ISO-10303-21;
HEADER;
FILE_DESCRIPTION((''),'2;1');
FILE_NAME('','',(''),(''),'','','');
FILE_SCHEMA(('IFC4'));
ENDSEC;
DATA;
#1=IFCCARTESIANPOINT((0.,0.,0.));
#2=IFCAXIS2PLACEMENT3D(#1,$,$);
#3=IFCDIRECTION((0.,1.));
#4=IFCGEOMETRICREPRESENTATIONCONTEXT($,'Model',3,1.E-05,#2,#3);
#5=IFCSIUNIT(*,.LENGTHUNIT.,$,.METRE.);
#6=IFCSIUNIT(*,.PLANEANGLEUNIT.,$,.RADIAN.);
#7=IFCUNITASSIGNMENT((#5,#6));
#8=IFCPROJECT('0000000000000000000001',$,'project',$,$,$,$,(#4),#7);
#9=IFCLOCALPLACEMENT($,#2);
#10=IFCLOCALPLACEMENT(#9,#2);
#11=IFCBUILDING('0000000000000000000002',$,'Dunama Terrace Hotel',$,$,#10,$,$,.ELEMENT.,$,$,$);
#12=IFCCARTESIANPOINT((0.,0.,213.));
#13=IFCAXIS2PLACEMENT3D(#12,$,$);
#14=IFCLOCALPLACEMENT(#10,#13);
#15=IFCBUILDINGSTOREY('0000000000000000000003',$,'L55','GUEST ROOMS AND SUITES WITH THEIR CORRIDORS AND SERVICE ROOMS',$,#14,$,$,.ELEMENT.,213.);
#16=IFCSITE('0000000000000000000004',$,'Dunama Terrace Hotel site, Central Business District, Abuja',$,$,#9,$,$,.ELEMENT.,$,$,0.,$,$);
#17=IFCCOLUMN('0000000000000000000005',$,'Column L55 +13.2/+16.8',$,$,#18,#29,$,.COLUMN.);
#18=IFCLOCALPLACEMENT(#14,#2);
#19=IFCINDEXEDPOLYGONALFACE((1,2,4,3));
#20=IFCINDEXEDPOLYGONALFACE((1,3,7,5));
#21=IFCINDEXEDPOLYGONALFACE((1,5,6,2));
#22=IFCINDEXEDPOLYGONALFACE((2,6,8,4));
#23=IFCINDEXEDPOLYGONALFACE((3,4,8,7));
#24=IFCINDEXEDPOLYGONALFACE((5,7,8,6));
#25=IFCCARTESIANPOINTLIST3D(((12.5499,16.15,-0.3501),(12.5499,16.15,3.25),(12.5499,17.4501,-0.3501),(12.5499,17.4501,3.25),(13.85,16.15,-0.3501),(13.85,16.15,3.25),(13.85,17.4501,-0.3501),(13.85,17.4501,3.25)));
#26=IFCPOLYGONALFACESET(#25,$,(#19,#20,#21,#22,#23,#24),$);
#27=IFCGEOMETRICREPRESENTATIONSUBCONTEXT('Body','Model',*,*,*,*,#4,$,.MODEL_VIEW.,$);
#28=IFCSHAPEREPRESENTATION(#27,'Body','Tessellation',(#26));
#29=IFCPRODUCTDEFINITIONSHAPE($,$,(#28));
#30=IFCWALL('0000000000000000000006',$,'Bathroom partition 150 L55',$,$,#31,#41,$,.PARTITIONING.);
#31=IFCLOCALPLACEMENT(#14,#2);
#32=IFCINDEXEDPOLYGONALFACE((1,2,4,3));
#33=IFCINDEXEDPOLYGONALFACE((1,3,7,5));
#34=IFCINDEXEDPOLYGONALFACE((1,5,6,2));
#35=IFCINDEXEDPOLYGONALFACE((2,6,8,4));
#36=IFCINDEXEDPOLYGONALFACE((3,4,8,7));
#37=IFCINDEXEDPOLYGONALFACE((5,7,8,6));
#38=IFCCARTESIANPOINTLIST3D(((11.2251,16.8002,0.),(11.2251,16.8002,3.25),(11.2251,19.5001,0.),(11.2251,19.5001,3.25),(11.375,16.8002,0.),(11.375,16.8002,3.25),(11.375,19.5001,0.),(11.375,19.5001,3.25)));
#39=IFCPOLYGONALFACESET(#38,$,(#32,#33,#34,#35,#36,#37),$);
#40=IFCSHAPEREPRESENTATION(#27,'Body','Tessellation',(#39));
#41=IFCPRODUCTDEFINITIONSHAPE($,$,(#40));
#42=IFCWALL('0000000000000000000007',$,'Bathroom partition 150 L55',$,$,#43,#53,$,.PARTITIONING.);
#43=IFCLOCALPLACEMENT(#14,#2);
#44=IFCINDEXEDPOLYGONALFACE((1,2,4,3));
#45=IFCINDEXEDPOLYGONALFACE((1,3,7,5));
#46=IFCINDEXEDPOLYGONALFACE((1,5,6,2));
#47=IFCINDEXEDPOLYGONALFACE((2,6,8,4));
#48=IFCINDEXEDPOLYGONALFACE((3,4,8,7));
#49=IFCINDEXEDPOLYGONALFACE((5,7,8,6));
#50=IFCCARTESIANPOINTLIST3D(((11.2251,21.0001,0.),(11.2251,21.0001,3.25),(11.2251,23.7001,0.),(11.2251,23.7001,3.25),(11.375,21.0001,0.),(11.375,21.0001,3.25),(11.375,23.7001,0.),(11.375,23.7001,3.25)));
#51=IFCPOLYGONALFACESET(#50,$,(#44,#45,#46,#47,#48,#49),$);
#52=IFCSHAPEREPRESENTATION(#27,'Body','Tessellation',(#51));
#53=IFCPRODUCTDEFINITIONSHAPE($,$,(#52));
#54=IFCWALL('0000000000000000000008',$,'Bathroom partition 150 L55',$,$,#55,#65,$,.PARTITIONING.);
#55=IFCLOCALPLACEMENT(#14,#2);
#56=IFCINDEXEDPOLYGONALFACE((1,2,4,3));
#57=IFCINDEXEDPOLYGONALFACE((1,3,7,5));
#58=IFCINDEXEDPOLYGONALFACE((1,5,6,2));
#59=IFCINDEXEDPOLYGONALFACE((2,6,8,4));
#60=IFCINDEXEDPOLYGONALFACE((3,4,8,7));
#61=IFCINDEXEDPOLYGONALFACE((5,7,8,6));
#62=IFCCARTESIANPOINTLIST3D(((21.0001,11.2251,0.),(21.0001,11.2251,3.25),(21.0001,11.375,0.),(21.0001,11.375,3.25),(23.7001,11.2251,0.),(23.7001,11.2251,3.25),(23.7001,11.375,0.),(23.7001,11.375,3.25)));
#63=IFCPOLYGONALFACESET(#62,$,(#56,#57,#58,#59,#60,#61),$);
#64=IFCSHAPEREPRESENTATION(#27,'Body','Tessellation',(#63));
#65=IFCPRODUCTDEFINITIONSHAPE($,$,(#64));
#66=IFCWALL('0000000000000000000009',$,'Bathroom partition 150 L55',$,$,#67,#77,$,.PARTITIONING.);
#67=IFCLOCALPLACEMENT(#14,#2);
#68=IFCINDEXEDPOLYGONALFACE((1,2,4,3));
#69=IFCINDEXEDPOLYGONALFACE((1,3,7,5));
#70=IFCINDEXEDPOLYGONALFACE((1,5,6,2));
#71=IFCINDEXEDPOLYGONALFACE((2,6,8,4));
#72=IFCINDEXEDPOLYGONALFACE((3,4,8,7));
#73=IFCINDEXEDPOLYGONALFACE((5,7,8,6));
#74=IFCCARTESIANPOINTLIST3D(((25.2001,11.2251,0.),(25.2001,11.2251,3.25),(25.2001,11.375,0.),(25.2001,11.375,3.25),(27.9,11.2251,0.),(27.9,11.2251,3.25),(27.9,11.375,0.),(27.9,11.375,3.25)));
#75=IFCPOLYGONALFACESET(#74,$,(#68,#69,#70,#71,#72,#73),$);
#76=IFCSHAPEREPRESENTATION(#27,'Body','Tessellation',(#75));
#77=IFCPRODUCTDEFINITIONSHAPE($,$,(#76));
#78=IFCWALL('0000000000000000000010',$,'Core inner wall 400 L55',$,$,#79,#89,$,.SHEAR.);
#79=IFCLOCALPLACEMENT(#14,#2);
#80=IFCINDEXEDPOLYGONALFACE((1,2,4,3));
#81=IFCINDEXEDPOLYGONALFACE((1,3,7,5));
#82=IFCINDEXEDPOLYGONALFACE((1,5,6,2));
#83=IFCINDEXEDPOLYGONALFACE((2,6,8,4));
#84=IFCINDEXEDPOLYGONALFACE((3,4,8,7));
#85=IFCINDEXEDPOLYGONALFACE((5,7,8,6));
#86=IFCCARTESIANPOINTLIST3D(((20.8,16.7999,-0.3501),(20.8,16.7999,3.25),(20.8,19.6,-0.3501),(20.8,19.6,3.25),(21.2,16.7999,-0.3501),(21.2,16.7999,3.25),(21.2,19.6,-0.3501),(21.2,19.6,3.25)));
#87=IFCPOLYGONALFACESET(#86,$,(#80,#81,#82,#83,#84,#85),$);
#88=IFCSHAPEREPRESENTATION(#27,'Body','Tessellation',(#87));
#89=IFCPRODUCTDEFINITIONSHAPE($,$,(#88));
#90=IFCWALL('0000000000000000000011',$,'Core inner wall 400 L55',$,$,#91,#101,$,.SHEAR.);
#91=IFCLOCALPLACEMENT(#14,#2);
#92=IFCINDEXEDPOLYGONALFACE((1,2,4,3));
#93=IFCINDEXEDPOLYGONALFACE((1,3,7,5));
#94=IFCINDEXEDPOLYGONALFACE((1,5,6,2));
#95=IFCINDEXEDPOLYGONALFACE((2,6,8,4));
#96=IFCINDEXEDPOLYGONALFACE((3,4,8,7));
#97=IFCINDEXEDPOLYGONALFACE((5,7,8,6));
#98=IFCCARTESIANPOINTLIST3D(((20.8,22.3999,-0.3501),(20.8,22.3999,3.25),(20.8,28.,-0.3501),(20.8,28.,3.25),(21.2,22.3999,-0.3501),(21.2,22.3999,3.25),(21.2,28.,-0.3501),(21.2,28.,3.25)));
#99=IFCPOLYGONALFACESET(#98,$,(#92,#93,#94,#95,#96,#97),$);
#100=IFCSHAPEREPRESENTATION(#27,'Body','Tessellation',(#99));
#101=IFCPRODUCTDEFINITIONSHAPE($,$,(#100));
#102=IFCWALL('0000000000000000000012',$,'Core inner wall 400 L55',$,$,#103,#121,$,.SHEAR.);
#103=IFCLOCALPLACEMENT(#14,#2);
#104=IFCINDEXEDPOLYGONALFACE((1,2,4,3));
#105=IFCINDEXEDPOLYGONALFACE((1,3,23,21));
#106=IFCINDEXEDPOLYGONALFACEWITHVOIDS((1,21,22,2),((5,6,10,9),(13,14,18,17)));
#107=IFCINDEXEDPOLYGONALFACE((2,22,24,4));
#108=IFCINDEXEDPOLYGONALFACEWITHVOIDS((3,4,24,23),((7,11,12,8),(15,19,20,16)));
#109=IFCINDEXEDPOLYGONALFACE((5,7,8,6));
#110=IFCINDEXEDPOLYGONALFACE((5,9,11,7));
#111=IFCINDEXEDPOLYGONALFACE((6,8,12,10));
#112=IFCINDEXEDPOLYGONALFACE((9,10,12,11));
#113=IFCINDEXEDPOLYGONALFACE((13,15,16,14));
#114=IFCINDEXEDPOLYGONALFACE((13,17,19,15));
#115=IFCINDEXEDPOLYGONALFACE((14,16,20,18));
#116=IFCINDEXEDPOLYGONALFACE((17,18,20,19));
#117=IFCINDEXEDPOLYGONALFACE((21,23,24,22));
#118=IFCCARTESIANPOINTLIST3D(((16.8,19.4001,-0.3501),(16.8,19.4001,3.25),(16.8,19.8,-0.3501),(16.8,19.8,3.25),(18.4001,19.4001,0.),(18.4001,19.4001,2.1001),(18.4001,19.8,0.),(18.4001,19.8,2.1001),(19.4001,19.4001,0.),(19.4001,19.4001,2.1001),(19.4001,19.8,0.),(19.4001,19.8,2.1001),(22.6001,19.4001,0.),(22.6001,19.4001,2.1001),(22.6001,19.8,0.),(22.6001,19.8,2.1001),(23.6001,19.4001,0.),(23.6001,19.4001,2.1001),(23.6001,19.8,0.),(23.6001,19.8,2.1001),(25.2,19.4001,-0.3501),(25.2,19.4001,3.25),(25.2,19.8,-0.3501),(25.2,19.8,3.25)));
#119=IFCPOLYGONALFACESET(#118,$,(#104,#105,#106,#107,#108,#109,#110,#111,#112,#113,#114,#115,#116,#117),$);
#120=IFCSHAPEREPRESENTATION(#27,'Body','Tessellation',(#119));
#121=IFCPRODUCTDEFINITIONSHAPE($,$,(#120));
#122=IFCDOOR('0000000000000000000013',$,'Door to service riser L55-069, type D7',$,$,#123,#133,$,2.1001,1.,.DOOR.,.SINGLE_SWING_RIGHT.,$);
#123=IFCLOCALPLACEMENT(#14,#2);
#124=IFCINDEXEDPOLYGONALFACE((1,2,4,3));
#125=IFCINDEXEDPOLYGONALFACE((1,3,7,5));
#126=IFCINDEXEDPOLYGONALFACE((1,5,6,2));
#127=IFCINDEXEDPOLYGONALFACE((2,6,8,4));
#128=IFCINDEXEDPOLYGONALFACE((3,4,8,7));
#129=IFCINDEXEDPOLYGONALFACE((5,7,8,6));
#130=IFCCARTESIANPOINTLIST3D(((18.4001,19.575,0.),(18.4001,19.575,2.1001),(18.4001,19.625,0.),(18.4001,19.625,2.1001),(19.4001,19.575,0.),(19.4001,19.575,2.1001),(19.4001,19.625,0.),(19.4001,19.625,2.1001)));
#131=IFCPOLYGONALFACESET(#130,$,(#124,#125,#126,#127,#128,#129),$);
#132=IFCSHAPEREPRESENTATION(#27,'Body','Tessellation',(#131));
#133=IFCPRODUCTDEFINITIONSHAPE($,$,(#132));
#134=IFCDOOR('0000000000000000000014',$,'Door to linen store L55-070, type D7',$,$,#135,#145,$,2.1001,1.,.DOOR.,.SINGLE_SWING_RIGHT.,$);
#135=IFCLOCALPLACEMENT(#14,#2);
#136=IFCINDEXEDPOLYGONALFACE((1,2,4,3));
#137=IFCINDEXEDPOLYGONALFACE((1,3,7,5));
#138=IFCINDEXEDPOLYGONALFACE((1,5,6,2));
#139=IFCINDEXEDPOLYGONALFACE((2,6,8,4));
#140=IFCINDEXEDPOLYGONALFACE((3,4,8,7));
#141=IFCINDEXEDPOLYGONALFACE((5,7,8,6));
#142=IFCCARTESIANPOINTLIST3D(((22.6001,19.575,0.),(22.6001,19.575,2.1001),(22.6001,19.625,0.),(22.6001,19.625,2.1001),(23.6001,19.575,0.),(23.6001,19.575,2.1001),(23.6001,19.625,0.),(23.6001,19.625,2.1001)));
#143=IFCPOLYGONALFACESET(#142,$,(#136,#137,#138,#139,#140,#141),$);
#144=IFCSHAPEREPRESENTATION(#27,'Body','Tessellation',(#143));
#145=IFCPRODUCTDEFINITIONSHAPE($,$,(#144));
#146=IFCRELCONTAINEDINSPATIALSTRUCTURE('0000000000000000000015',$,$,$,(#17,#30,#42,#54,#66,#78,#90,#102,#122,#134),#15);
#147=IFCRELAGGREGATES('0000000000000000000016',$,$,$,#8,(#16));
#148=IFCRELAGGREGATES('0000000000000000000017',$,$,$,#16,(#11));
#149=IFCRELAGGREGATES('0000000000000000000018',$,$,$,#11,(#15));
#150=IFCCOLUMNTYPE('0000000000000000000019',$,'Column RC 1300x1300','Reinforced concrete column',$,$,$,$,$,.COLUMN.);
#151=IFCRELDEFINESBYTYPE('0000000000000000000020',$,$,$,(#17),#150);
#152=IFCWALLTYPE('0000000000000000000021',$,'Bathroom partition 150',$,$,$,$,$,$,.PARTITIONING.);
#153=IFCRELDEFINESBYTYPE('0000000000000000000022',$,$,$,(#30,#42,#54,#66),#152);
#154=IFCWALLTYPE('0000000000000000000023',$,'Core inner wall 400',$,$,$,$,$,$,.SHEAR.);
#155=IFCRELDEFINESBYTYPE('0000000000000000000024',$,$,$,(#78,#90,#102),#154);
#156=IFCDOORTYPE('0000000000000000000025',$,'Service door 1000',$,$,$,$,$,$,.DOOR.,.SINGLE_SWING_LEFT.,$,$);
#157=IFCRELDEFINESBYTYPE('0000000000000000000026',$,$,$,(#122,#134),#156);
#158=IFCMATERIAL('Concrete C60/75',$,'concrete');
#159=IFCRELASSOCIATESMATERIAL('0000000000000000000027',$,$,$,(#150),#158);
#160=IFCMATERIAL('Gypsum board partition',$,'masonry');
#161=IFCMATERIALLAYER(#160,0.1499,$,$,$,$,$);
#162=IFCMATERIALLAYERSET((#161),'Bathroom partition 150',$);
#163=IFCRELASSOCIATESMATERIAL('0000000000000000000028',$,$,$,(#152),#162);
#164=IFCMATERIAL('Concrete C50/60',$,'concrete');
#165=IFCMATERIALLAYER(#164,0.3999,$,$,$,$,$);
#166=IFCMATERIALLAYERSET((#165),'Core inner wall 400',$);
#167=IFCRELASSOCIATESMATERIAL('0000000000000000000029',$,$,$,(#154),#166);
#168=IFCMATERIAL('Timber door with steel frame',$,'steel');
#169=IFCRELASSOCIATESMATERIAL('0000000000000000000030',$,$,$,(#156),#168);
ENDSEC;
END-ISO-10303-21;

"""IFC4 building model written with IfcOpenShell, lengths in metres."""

from ifc_helpers import new_model, si_unit, direction, frame, frame_2d, origin, origin_2d, place, context, subcontext, project, spatial, rectangle, extrude, material, layer, layer_set, material_profile, profile_set, type_object, element, fill, save


model = new_model("IFC4")

# Units and contexts
model_context = context("Model", 3, precision=1e-05, world=origin(), true_north=direction((0.0, 1.0)))
body_context = subcontext(model_context, "Body", "Model", "MODEL_VIEW")
ifc_project = project(units=[si_unit("LENGTHUNIT", "METRE"), si_unit("PLANEANGLEUNIT", "RADIAN")], contexts=[model_context])

# Site, building, storey
site_placement = place(None, origin())
site = spatial("IfcSite", under=ifc_project, at=site_placement, Name="Dunama Terrace Hotel site, Central Business District, Abuja", CompositionType="ELEMENT", RefElevation=0.0)
building_placement = place(site_placement, origin())
building = spatial("IfcBuilding", under=site, at=building_placement, Name="Dunama Terrace Hotel", CompositionType="ELEMENT")
storey_placement = place(building_placement, frame((0.0, 0.0, 213.0)))
storey = spatial("IfcBuildingStorey", under=building, at=storey_placement, Name="L55", Description="GUEST ROOMS AND SUITES WITH THEIR CORRIDORS AND SERVICE ROOMS", CompositionType="ELEMENT", Elevation=213.0)

# Column
ifc_material_1 = material(Name="Concrete C60/75", Category="concrete")
ifc_material_profile = material_profile(ifc_material_1, rectangle(XDim=1.3, YDim=1.3, at=origin_2d()), Name="RC 1300x1300")
ifc_profile_set = profile_set([ifc_material_profile], Name="Concrete C60/75")
column_type = type_object("IfcColumnType", Name="Column RC 1300x1300", Description="Reinforced concrete column", PredefinedType="COLUMN", material=ifc_profile_set)
column_placement = place(storey_placement, frame((13.2, 16.8, -0.3501), z_axis=(0.0, 0.0, 1.0), x_axis=(1.0, 0.0, 0.0)))
element("IfcColumn", 1, at=column_placement, inside=storey, type_object=column_type, Name="Column L55 +13.2/+16.8", PredefinedType="COLUMN", context=body_context, shape_type="SweptSolid", body=[
    extrude(rectangle(XDim=1.3, YDim=1.3, at=origin_2d()), origin(), (0.0, 0.0, 1.0), 3.6001),
])

# Walls
ifc_material_2 = material(Name="Gypsum board partition", Category="masonry")
ifc_layer_1 = layer(ifc_material_2, 0.1499)
ifc_layer_set_1 = layer_set([ifc_layer_1], Name="Bathroom partition 150")
wall_type_1 = type_object("IfcWallType", Name="Bathroom partition 150", PredefinedType="PARTITIONING", material=ifc_layer_set_1)
for number, where, z_axis, x_axis, name in (
    (2, (11.3, 16.8, 0.0), (0.0, 0.0, 1.0), (0.0, 1.0, 0.0), "Bathroom partition 150 L55"),
    (3, (11.3, 21.0, 0.0), (0.0, 0.0, 1.0), (0.0, 1.0, 0.0), "Bathroom partition 150 L55"),
    (4, (21.0, 11.3, 0.0), (0.0, 0.0, 1.0), (1.0, 0.0, 0.0), "Bathroom partition 150 L55"),
    (5, (25.2, 11.3, 0.0), (0.0, 0.0, 1.0), (1.0, 0.0, 0.0), "Bathroom partition 150 L55"),
):
    element("IfcWall", number, at=place(storey_placement, frame(where, z_axis=z_axis, x_axis=x_axis)), inside=storey, type_object=wall_type_1, Name=name, PredefinedType="PARTITIONING", context=body_context, shape_type="SweptSolid", body=[
        extrude(rectangle(XDim=2.7, YDim=0.1499, at=frame_2d((1.3501, 0.0))), origin(), (0.0, 0.0, 1.0), 3.25),
    ])
ifc_material_3 = material(Name="Concrete C50/60", Category="concrete")
ifc_layer_2 = layer(ifc_material_3, 0.3999)
ifc_layer_set_2 = layer_set([ifc_layer_2], Name="Core inner wall 400")
wall_type_2 = type_object("IfcWallType", Name="Core inner wall 400", PredefinedType="SHEAR", material=ifc_layer_set_2)
wall_1_placement = place(storey_placement, frame((21.0, 16.8, -0.3501), z_axis=(0.0, 0.0, 1.0), x_axis=(0.0, 1.0, 0.0)))
element("IfcWall", 6, at=wall_1_placement, inside=storey, type_object=wall_type_2, Name="Core inner wall 400 L55", PredefinedType="SHEAR", context=body_context, shape_type="SweptSolid", body=[
    extrude(rectangle(XDim=2.8, YDim=0.3999, at=frame_2d((1.3999, 0.0))), origin(), (0.0, 0.0, 1.0), 3.6001),
])
wall_2_placement = place(storey_placement, frame((21.0, 22.3999, -0.3501), z_axis=(0.0, 0.0, 1.0), x_axis=(0.0, 1.0, 0.0)))
element("IfcWall", 7, at=wall_2_placement, inside=storey, type_object=wall_type_2, Name="Core inner wall 400 L55", PredefinedType="SHEAR", context=body_context, shape_type="SweptSolid", body=[
    extrude(rectangle(XDim=5.6001, YDim=0.3999, at=frame_2d((2.8, 0.0))), origin(), (0.0, 0.0, 1.0), 3.6001),
])

# Wall, openings, doors
wall_3_placement = place(storey_placement, frame((16.8, 19.6001, -0.3501), z_axis=(0.0, 0.0, 1.0), x_axis=(1.0, 0.0, 0.0)))
wall_3 = element("IfcWall", 8, at=wall_3_placement, inside=storey, type_object=wall_type_2, Name="Core inner wall 400 L55", PredefinedType="SHEAR", context=body_context, shape_type="SweptSolid", body=[
    extrude(rectangle(XDim=8.3999, YDim=0.3999, at=frame_2d((4.2, 0.0))), origin(), (0.0, 0.0, 1.0), 3.6001),
])
opening_1_placement = place(wall_3_placement, frame((1.6001, 0.0, 0.3501)))
opening_1 = element("IfcOpeningElement", 9, at=opening_1_placement, cuts=wall_3, PredefinedType="OPENING", context=body_context, shape_type="SweptSolid", body=[
    extrude(rectangle(XDim=1.0, YDim=2.1001, at=frame_2d((0.5, 1.05))), frame((0.0, 0.21, 0.0), z_axis=(0.0, -1.0, 0.0), x_axis=(1.0, 0.0, 0.0)), (0.0, 0.0, 1.0), 0.4199),
])
opening_2_placement = place(wall_3_placement, frame((5.8, 0.0, 0.3501)))
opening_2 = element("IfcOpeningElement", 10, at=opening_2_placement, cuts=wall_3, PredefinedType="OPENING", context=body_context, shape_type="SweptSolid", body=[
    extrude(rectangle(XDim=1.0, YDim=2.1001, at=frame_2d((0.5, 1.05))), frame((0.0, 0.21, 0.0), z_axis=(0.0, -1.0, 0.0), x_axis=(1.0, 0.0, 0.0)), (0.0, 0.0, 1.0), 0.4199),
])
ifc_material_4 = material(Name="Timber door with steel frame", Category="steel")
door_type_1 = type_object("IfcDoorType", Name="Service door 1000", OperationType="SINGLE_SWING_LEFT", PredefinedType="DOOR", material=ifc_material_4)
door_1_placement = place(opening_1_placement, frame((1.0, 0.0, 0.0), z_axis=(0.0, 0.0, 1.0), x_axis=(-1.0, 0.0, 0.0)))
door_1 = element("IfcDoor", 11, at=door_1_placement, inside=storey, type_object=door_type_1, Name="Door to service riser L55-069, type D7", OperationType="SINGLE_SWING_RIGHT", OverallHeight=2.1001, OverallWidth=1.0, PredefinedType="DOOR", context=body_context, shape_type="SweptSolid", body=[
    extrude(rectangle(XDim=1.0, YDim=2.1001, at=frame_2d((0.5, 1.05))), frame((0.0, 0.0251, 0.0), z_axis=(0.0, -1.0, 0.0), x_axis=(1.0, 0.0, 0.0)), (0.0, 0.0, 1.0), 0.05),
])
fill(opening_1, door_1)
door_2_placement = place(opening_2_placement, frame((1.0, 0.0, 0.0), z_axis=(0.0, 0.0, 1.0), x_axis=(-1.0, 0.0, 0.0)))
door_2 = element("IfcDoor", 12, at=door_2_placement, inside=storey, type_object=door_type_1, Name="Door to linen store L55-070, type D7", OperationType="SINGLE_SWING_RIGHT", OverallHeight=2.1001, OverallWidth=1.0, PredefinedType="DOOR", context=body_context, shape_type="SweptSolid", body=[
    extrude(rectangle(XDim=1.0, YDim=2.1001, at=frame_2d((0.5, 1.05))), frame((0.0, 0.0251, 0.0), z_axis=(0.0, -1.0, 0.0), x_axis=(1.0, 0.0, 0.0)), (0.0, 0.0, 1.0), 0.05),
])
fill(opening_2, door_2)

save(model, "model.ifc")
